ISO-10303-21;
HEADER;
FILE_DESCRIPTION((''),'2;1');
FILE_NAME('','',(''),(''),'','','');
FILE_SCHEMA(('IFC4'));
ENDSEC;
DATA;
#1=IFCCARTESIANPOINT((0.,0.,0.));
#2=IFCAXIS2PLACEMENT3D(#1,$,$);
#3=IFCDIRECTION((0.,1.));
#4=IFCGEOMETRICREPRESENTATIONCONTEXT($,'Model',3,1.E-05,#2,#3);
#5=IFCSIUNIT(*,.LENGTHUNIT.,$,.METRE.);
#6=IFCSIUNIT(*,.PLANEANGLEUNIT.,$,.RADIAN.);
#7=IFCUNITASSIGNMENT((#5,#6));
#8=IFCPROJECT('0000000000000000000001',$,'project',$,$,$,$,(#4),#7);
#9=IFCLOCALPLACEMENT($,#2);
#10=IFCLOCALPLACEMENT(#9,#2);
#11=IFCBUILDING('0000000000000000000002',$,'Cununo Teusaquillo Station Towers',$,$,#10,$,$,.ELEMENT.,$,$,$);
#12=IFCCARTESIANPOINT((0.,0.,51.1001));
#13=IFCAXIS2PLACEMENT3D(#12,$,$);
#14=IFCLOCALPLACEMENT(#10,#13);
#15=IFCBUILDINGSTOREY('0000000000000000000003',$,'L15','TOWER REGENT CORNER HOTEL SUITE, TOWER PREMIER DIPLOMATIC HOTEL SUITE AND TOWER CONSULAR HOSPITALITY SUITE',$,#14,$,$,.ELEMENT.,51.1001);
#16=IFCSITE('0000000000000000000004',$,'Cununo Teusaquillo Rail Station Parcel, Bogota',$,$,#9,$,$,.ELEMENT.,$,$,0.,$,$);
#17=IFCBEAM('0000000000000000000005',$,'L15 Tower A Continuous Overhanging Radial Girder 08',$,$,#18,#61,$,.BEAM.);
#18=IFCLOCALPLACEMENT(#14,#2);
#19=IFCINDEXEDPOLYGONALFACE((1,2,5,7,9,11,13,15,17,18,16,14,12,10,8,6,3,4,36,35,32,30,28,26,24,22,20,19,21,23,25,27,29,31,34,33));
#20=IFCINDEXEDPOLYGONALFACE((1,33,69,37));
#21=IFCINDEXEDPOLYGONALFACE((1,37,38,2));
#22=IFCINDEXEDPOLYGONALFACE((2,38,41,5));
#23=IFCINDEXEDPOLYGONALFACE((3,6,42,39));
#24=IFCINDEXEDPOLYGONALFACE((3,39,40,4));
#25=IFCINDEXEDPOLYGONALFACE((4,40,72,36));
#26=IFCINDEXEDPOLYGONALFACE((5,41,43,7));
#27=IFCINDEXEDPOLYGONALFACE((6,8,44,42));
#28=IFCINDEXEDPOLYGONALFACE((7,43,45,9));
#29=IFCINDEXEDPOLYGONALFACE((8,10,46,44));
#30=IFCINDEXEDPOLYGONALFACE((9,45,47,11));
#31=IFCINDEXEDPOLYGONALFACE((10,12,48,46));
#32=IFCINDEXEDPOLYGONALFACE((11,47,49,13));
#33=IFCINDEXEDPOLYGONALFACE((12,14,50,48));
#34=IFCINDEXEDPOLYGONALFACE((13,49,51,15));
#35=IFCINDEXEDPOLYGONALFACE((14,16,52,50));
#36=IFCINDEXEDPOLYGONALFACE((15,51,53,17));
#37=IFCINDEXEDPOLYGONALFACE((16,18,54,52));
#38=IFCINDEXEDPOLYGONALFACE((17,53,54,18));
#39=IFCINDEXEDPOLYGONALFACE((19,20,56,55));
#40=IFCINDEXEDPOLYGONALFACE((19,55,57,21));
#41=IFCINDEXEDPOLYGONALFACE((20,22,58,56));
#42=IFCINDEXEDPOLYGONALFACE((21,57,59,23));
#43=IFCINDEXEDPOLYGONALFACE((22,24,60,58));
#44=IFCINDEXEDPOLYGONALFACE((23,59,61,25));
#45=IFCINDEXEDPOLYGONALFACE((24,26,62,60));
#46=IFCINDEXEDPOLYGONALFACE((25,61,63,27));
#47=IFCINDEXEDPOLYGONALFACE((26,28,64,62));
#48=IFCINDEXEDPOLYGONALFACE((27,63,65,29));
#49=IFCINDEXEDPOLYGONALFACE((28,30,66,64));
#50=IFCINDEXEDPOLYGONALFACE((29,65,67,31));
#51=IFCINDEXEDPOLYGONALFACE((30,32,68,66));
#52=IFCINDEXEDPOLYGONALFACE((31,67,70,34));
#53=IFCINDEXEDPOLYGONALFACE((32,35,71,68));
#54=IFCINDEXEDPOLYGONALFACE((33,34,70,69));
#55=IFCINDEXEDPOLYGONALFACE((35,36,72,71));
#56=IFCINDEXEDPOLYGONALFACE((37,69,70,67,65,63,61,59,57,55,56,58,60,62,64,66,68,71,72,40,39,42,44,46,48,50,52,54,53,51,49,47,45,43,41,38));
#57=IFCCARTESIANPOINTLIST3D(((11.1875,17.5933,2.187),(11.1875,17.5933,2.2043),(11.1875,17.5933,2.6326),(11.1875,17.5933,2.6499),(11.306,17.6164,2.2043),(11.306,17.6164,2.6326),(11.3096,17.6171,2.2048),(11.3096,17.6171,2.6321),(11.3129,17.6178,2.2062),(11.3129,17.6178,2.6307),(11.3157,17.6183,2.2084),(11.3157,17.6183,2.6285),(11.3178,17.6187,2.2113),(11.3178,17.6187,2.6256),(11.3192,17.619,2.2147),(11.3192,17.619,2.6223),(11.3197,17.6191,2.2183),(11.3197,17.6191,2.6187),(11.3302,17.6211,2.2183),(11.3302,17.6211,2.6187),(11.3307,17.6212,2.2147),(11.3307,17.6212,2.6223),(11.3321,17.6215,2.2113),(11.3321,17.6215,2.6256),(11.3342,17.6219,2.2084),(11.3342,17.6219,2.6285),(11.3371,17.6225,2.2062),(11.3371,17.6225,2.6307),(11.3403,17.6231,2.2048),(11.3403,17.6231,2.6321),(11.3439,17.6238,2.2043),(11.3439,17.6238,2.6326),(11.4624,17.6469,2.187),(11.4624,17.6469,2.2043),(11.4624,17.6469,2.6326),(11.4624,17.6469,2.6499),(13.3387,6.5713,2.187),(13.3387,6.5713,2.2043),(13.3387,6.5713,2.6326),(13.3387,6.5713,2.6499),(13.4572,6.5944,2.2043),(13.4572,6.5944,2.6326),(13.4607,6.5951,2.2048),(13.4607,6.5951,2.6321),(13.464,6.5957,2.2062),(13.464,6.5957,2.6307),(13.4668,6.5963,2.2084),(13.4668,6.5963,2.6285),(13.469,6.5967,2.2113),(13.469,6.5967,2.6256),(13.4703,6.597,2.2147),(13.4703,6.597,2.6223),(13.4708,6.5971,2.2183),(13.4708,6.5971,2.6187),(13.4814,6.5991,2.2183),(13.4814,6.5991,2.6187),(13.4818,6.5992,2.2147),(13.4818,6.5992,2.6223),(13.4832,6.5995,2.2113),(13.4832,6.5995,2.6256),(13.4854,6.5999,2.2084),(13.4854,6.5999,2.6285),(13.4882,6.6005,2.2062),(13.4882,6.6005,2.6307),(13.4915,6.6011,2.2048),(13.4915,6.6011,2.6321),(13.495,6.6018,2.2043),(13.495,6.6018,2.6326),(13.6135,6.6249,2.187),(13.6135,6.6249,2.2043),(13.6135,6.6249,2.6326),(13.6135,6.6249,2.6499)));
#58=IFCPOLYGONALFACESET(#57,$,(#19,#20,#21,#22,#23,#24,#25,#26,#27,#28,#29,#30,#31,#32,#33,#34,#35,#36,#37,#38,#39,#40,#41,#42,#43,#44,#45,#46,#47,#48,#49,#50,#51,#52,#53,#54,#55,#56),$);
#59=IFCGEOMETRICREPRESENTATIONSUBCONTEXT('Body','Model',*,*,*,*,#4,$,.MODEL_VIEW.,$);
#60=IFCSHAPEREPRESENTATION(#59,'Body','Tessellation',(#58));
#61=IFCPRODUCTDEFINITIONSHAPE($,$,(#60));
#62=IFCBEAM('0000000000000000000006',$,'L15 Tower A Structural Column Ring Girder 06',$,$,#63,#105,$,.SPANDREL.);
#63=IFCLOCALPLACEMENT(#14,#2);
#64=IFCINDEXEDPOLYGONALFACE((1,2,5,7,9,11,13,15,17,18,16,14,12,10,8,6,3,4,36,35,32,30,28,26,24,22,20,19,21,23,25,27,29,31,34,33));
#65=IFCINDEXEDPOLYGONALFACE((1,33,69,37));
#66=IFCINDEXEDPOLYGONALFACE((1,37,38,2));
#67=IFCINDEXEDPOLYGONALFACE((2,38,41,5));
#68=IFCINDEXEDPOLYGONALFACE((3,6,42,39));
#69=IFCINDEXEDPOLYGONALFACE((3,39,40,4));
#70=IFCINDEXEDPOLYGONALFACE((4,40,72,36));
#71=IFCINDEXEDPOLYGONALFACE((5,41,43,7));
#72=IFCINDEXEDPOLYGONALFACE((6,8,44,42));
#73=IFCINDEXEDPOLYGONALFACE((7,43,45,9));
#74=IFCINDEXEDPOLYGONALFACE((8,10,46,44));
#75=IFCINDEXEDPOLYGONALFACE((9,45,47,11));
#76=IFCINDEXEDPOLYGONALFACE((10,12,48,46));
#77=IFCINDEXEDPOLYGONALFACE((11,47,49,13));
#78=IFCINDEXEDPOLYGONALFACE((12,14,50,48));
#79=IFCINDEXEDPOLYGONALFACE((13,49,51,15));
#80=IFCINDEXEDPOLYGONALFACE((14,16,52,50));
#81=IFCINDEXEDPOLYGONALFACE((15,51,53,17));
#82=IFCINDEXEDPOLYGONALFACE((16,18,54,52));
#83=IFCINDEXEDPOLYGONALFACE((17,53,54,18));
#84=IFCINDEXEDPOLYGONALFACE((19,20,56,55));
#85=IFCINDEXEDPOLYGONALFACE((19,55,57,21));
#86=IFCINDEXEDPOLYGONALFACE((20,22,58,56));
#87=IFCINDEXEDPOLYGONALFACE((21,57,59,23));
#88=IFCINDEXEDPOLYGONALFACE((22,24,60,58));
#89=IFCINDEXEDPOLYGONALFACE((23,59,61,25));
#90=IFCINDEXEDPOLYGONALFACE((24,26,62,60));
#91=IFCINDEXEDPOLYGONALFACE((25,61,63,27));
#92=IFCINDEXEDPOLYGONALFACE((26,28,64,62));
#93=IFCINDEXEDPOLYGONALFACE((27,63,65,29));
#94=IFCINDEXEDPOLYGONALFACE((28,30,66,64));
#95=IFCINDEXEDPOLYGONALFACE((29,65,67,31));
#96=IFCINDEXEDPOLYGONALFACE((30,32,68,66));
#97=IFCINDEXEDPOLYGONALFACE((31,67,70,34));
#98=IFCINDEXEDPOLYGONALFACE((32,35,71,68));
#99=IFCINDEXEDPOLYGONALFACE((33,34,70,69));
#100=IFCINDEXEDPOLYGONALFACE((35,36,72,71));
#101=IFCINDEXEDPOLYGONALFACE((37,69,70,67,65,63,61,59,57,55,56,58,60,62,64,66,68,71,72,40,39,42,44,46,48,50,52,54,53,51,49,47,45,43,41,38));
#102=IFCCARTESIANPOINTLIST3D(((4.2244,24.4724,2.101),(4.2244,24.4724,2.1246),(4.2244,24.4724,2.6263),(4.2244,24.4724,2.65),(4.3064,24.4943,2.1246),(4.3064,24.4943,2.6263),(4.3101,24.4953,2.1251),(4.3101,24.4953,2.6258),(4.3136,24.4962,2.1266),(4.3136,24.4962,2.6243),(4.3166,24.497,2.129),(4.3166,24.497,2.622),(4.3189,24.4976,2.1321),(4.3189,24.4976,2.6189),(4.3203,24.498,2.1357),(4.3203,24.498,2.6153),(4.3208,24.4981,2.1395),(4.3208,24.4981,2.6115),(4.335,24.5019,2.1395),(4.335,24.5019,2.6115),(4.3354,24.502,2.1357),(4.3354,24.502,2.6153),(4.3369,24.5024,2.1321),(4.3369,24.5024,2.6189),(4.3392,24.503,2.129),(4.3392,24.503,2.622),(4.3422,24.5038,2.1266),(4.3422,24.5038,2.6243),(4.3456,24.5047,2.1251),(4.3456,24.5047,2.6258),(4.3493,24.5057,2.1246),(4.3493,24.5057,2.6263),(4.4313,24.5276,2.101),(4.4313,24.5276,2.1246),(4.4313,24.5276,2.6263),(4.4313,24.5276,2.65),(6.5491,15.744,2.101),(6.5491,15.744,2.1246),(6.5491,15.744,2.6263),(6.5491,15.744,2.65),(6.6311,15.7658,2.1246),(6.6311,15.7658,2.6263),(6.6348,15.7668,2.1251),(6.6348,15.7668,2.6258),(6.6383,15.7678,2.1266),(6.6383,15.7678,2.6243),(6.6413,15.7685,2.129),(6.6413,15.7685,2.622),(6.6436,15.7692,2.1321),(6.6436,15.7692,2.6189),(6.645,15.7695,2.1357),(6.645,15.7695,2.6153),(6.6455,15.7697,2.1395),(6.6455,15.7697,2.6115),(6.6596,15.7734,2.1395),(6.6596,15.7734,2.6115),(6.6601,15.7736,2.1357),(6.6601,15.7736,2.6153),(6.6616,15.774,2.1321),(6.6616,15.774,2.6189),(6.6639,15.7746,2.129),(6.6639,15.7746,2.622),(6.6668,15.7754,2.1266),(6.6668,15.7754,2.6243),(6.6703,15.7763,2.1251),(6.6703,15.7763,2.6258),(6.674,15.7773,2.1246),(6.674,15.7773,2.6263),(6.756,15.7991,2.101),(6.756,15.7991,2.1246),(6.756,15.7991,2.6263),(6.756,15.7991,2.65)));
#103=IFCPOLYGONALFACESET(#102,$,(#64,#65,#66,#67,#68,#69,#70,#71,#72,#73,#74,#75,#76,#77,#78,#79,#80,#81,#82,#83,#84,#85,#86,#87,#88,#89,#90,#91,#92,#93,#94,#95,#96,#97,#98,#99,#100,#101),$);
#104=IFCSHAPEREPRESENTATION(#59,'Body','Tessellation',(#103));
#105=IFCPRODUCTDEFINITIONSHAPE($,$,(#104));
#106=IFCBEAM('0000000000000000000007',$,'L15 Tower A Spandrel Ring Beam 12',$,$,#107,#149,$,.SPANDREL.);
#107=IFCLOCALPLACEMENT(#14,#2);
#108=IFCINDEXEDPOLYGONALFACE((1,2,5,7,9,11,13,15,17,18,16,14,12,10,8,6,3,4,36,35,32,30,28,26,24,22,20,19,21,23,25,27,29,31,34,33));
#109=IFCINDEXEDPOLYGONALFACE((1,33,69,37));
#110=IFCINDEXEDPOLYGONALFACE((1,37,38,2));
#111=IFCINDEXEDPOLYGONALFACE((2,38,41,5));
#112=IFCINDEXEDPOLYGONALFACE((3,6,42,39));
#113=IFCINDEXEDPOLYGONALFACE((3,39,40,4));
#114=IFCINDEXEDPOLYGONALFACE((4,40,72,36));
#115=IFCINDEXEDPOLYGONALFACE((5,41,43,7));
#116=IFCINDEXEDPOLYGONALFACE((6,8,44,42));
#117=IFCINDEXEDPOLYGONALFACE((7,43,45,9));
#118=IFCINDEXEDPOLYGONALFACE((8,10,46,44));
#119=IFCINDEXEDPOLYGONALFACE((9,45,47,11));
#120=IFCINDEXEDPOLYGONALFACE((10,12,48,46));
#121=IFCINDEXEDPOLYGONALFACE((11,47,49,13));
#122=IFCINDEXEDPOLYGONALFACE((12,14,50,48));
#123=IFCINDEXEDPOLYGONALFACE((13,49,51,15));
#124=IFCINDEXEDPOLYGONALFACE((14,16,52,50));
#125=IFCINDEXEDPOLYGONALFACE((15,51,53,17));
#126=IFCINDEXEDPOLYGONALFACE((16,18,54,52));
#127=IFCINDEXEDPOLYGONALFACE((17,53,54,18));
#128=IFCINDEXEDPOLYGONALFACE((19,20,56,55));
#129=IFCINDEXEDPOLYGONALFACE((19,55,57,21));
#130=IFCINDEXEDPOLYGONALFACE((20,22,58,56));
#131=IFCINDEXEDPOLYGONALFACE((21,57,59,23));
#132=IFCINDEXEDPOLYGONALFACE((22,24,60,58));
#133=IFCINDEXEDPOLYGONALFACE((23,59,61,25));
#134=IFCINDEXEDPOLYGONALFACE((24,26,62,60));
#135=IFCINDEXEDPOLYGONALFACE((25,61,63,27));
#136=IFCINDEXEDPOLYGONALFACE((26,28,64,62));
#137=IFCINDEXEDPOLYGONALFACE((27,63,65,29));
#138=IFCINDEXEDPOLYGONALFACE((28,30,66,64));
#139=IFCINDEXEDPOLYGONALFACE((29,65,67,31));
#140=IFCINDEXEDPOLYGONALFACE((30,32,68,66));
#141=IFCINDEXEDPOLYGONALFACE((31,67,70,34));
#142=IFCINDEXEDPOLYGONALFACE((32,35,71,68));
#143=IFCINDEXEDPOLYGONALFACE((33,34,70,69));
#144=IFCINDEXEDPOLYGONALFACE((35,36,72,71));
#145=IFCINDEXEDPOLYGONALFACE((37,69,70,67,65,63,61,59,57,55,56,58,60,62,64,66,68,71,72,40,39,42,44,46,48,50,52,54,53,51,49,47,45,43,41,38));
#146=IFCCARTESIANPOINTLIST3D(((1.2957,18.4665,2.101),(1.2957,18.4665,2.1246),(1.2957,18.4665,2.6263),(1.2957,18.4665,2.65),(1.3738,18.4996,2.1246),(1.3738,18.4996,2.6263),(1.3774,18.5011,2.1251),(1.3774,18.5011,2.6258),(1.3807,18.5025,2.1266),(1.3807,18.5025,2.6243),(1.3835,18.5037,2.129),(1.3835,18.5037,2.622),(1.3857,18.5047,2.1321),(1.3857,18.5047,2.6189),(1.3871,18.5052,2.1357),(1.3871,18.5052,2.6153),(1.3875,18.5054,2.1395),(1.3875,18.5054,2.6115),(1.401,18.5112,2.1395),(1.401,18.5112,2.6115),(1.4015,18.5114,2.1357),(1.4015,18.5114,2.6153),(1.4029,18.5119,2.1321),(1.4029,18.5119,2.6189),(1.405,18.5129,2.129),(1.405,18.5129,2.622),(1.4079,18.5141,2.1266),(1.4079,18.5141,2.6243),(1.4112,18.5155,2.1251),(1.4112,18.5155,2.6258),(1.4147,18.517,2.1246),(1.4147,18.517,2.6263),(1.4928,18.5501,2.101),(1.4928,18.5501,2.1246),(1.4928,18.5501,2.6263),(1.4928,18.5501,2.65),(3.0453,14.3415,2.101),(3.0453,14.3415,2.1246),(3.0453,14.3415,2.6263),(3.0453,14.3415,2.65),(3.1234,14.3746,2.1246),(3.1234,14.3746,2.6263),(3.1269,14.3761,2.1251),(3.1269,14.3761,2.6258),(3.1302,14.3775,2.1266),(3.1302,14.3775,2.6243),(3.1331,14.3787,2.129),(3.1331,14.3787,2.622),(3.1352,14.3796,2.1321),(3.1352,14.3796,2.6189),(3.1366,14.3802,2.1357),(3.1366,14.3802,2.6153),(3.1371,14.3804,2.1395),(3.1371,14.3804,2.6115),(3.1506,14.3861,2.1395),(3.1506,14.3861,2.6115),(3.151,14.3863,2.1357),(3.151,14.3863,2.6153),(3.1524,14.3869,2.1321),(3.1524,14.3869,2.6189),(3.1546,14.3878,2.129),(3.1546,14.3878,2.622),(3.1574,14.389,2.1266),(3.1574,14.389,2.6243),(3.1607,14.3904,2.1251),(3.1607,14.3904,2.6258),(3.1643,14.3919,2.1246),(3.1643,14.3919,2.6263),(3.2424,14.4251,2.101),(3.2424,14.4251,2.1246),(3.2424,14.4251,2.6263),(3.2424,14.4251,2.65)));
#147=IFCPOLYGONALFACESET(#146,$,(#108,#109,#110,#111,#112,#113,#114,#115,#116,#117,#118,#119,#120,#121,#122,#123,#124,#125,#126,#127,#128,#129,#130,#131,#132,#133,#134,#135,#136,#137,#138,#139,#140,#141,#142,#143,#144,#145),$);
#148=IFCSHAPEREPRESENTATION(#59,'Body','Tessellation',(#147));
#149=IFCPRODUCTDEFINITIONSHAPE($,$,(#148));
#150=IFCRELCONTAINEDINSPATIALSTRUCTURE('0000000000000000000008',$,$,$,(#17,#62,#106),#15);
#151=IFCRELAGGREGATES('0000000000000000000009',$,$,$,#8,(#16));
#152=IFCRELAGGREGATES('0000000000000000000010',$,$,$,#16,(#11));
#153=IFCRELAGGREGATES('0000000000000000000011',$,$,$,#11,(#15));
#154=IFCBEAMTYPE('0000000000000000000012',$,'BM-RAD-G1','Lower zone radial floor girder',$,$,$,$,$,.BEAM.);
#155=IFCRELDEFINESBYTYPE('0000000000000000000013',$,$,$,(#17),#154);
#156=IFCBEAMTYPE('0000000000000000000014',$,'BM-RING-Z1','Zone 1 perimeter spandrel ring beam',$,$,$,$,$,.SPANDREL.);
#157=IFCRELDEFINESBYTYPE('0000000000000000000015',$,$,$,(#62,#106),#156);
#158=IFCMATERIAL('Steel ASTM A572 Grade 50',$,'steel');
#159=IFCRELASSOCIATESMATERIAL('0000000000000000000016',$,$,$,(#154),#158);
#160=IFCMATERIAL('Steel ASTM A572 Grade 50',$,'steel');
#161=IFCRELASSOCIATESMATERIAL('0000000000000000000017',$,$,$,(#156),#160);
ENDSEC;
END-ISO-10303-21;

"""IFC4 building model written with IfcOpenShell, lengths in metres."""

from ifc_helpers import new_model, si_unit, direction, frame, origin, origin_2d, place, context, subcontext, project, spatial, i_section, extrude, material, material_profile, profile_set, type_object, element, save


model = new_model("IFC4")

# Units and contexts
model_context = context("Model", 3, precision=1e-05, world=origin(), true_north=direction((0.0, 1.0)))
body_context = subcontext(model_context, "Body", "Model", "MODEL_VIEW")
ifc_project = project(units=[si_unit("LENGTHUNIT", "METRE"), si_unit("PLANEANGLEUNIT", "RADIAN")], contexts=[model_context])

# Site, building, storey
site_placement = place(None, origin())
site = spatial("IfcSite", under=ifc_project, at=site_placement, Name="Cununo Teusaquillo Rail Station Parcel, Bogota", CompositionType="ELEMENT", RefElevation=0.0)
building_placement = place(site_placement, origin())
building = spatial("IfcBuilding", under=site, at=building_placement, Name="Cununo Teusaquillo Station Towers", CompositionType="ELEMENT")
storey_placement = place(building_placement, frame((0.0, 0.0, 51.1001)))
storey = spatial("IfcBuildingStorey", under=building, at=storey_placement, Name="L15", Description="TOWER REGENT CORNER HOTEL SUITE, TOWER PREMIER DIPLOMATIC HOTEL SUITE AND TOWER CONSULAR HOSPITALITY SUITE", CompositionType="ELEMENT", Elevation=51.1001)

# Beams
ifc_material_1 = material(Name="Steel ASTM A572 Grade 50", Category="steel")
ifc_material_profile_1 = material_profile(ifc_material_1, i_section(OverallWidth=0.28, OverallDepth=0.4629, WebThickness=0.0107, FlangeThickness=0.0173, FilletRadius=0.0139, at=origin_2d()), Name="W18X76")
ifc_profile_set_1 = profile_set([ifc_material_profile_1], Name="Steel ASTM A572 Grade 50")
beam_type_1 = type_object("IfcBeamType", Name="BM-RAD-G1", Description="Lower zone radial floor girder", PredefinedType="BEAM", material=ifc_profile_set_1)
beam_1_placement = place(storey_placement, frame((11.325, 17.6201, 2.4185), z_axis=(0.191553, -0.981482, 0.0), x_axis=(0.981482, 0.191553, 0.0)))
element("IfcBeam", 1, at=beam_1_placement, inside=storey, type_object=beam_type_1, Name="L15 Tower A Continuous Overhanging Radial Girder 08", PredefinedType="BEAM", context=body_context, shape_type="SweptSolid", body=[
    extrude(i_section(OverallWidth=0.28, OverallDepth=0.4629, WebThickness=0.0107, FlangeThickness=0.0173, FilletRadius=0.0139, at=origin_2d()), origin(), (0.0, 0.0, 1.0), 11.23),
])
ifc_material_2 = material(Name="Steel ASTM A572 Grade 50", Category="steel")
ifc_material_profile_2 = material_profile(ifc_material_2, i_section(OverallWidth=0.2141, OverallDepth=0.5491, WebThickness=0.0146, FlangeThickness=0.0237, FilletRadius=0.0149, at=origin_2d()), Name="W21X93")
ifc_profile_set_2 = profile_set([ifc_material_profile_2], Name="Steel ASTM A572 Grade 50")
beam_type_2 = type_object("IfcBeamType", Name="BM-RING-Z1", Description="Zone 1 perimeter spandrel ring beam", PredefinedType="SPANDREL", material=ifc_profile_set_2)
beam_2_placement = place(storey_placement, frame((4.3279, 24.5, 2.3755), z_axis=(0.257363, -0.966315, 0.0), x_axis=(0.966315, 0.257363, 0.0)))
element("IfcBeam", 2, at=beam_2_placement, inside=storey, type_object=beam_type_2, Name="L15 Tower A Structural Column Ring Girder 06", PredefinedType="SPANDREL", context=body_context, shape_type="SweptSolid", body=[
    extrude(i_section(OverallWidth=0.2141, OverallDepth=0.5491, WebThickness=0.0146, FlangeThickness=0.0237, FilletRadius=0.0149, at=origin_2d()), origin(), (0.0, 0.0, 1.0), 9.0327),
])
beam_3_placement = place(storey_placement, frame((1.3943, 18.5083, 2.3755), z_axis=(0.390457, -0.920621, 0.0), x_axis=(0.920621, 0.390457, 0.0)))
element("IfcBeam", 3, at=beam_3_placement, inside=storey, type_object=beam_type_2, Name="L15 Tower A Spandrel Ring Beam 12", PredefinedType="SPANDREL", context=body_context, shape_type="SweptSolid", body=[
    extrude(i_section(OverallWidth=0.2141, OverallDepth=0.5491, WebThickness=0.0146, FlangeThickness=0.0237, FilletRadius=0.0149, at=origin_2d()), origin(), (0.0, 0.0, 1.0), 4.4807),
])

save(model, "model.ifc")
